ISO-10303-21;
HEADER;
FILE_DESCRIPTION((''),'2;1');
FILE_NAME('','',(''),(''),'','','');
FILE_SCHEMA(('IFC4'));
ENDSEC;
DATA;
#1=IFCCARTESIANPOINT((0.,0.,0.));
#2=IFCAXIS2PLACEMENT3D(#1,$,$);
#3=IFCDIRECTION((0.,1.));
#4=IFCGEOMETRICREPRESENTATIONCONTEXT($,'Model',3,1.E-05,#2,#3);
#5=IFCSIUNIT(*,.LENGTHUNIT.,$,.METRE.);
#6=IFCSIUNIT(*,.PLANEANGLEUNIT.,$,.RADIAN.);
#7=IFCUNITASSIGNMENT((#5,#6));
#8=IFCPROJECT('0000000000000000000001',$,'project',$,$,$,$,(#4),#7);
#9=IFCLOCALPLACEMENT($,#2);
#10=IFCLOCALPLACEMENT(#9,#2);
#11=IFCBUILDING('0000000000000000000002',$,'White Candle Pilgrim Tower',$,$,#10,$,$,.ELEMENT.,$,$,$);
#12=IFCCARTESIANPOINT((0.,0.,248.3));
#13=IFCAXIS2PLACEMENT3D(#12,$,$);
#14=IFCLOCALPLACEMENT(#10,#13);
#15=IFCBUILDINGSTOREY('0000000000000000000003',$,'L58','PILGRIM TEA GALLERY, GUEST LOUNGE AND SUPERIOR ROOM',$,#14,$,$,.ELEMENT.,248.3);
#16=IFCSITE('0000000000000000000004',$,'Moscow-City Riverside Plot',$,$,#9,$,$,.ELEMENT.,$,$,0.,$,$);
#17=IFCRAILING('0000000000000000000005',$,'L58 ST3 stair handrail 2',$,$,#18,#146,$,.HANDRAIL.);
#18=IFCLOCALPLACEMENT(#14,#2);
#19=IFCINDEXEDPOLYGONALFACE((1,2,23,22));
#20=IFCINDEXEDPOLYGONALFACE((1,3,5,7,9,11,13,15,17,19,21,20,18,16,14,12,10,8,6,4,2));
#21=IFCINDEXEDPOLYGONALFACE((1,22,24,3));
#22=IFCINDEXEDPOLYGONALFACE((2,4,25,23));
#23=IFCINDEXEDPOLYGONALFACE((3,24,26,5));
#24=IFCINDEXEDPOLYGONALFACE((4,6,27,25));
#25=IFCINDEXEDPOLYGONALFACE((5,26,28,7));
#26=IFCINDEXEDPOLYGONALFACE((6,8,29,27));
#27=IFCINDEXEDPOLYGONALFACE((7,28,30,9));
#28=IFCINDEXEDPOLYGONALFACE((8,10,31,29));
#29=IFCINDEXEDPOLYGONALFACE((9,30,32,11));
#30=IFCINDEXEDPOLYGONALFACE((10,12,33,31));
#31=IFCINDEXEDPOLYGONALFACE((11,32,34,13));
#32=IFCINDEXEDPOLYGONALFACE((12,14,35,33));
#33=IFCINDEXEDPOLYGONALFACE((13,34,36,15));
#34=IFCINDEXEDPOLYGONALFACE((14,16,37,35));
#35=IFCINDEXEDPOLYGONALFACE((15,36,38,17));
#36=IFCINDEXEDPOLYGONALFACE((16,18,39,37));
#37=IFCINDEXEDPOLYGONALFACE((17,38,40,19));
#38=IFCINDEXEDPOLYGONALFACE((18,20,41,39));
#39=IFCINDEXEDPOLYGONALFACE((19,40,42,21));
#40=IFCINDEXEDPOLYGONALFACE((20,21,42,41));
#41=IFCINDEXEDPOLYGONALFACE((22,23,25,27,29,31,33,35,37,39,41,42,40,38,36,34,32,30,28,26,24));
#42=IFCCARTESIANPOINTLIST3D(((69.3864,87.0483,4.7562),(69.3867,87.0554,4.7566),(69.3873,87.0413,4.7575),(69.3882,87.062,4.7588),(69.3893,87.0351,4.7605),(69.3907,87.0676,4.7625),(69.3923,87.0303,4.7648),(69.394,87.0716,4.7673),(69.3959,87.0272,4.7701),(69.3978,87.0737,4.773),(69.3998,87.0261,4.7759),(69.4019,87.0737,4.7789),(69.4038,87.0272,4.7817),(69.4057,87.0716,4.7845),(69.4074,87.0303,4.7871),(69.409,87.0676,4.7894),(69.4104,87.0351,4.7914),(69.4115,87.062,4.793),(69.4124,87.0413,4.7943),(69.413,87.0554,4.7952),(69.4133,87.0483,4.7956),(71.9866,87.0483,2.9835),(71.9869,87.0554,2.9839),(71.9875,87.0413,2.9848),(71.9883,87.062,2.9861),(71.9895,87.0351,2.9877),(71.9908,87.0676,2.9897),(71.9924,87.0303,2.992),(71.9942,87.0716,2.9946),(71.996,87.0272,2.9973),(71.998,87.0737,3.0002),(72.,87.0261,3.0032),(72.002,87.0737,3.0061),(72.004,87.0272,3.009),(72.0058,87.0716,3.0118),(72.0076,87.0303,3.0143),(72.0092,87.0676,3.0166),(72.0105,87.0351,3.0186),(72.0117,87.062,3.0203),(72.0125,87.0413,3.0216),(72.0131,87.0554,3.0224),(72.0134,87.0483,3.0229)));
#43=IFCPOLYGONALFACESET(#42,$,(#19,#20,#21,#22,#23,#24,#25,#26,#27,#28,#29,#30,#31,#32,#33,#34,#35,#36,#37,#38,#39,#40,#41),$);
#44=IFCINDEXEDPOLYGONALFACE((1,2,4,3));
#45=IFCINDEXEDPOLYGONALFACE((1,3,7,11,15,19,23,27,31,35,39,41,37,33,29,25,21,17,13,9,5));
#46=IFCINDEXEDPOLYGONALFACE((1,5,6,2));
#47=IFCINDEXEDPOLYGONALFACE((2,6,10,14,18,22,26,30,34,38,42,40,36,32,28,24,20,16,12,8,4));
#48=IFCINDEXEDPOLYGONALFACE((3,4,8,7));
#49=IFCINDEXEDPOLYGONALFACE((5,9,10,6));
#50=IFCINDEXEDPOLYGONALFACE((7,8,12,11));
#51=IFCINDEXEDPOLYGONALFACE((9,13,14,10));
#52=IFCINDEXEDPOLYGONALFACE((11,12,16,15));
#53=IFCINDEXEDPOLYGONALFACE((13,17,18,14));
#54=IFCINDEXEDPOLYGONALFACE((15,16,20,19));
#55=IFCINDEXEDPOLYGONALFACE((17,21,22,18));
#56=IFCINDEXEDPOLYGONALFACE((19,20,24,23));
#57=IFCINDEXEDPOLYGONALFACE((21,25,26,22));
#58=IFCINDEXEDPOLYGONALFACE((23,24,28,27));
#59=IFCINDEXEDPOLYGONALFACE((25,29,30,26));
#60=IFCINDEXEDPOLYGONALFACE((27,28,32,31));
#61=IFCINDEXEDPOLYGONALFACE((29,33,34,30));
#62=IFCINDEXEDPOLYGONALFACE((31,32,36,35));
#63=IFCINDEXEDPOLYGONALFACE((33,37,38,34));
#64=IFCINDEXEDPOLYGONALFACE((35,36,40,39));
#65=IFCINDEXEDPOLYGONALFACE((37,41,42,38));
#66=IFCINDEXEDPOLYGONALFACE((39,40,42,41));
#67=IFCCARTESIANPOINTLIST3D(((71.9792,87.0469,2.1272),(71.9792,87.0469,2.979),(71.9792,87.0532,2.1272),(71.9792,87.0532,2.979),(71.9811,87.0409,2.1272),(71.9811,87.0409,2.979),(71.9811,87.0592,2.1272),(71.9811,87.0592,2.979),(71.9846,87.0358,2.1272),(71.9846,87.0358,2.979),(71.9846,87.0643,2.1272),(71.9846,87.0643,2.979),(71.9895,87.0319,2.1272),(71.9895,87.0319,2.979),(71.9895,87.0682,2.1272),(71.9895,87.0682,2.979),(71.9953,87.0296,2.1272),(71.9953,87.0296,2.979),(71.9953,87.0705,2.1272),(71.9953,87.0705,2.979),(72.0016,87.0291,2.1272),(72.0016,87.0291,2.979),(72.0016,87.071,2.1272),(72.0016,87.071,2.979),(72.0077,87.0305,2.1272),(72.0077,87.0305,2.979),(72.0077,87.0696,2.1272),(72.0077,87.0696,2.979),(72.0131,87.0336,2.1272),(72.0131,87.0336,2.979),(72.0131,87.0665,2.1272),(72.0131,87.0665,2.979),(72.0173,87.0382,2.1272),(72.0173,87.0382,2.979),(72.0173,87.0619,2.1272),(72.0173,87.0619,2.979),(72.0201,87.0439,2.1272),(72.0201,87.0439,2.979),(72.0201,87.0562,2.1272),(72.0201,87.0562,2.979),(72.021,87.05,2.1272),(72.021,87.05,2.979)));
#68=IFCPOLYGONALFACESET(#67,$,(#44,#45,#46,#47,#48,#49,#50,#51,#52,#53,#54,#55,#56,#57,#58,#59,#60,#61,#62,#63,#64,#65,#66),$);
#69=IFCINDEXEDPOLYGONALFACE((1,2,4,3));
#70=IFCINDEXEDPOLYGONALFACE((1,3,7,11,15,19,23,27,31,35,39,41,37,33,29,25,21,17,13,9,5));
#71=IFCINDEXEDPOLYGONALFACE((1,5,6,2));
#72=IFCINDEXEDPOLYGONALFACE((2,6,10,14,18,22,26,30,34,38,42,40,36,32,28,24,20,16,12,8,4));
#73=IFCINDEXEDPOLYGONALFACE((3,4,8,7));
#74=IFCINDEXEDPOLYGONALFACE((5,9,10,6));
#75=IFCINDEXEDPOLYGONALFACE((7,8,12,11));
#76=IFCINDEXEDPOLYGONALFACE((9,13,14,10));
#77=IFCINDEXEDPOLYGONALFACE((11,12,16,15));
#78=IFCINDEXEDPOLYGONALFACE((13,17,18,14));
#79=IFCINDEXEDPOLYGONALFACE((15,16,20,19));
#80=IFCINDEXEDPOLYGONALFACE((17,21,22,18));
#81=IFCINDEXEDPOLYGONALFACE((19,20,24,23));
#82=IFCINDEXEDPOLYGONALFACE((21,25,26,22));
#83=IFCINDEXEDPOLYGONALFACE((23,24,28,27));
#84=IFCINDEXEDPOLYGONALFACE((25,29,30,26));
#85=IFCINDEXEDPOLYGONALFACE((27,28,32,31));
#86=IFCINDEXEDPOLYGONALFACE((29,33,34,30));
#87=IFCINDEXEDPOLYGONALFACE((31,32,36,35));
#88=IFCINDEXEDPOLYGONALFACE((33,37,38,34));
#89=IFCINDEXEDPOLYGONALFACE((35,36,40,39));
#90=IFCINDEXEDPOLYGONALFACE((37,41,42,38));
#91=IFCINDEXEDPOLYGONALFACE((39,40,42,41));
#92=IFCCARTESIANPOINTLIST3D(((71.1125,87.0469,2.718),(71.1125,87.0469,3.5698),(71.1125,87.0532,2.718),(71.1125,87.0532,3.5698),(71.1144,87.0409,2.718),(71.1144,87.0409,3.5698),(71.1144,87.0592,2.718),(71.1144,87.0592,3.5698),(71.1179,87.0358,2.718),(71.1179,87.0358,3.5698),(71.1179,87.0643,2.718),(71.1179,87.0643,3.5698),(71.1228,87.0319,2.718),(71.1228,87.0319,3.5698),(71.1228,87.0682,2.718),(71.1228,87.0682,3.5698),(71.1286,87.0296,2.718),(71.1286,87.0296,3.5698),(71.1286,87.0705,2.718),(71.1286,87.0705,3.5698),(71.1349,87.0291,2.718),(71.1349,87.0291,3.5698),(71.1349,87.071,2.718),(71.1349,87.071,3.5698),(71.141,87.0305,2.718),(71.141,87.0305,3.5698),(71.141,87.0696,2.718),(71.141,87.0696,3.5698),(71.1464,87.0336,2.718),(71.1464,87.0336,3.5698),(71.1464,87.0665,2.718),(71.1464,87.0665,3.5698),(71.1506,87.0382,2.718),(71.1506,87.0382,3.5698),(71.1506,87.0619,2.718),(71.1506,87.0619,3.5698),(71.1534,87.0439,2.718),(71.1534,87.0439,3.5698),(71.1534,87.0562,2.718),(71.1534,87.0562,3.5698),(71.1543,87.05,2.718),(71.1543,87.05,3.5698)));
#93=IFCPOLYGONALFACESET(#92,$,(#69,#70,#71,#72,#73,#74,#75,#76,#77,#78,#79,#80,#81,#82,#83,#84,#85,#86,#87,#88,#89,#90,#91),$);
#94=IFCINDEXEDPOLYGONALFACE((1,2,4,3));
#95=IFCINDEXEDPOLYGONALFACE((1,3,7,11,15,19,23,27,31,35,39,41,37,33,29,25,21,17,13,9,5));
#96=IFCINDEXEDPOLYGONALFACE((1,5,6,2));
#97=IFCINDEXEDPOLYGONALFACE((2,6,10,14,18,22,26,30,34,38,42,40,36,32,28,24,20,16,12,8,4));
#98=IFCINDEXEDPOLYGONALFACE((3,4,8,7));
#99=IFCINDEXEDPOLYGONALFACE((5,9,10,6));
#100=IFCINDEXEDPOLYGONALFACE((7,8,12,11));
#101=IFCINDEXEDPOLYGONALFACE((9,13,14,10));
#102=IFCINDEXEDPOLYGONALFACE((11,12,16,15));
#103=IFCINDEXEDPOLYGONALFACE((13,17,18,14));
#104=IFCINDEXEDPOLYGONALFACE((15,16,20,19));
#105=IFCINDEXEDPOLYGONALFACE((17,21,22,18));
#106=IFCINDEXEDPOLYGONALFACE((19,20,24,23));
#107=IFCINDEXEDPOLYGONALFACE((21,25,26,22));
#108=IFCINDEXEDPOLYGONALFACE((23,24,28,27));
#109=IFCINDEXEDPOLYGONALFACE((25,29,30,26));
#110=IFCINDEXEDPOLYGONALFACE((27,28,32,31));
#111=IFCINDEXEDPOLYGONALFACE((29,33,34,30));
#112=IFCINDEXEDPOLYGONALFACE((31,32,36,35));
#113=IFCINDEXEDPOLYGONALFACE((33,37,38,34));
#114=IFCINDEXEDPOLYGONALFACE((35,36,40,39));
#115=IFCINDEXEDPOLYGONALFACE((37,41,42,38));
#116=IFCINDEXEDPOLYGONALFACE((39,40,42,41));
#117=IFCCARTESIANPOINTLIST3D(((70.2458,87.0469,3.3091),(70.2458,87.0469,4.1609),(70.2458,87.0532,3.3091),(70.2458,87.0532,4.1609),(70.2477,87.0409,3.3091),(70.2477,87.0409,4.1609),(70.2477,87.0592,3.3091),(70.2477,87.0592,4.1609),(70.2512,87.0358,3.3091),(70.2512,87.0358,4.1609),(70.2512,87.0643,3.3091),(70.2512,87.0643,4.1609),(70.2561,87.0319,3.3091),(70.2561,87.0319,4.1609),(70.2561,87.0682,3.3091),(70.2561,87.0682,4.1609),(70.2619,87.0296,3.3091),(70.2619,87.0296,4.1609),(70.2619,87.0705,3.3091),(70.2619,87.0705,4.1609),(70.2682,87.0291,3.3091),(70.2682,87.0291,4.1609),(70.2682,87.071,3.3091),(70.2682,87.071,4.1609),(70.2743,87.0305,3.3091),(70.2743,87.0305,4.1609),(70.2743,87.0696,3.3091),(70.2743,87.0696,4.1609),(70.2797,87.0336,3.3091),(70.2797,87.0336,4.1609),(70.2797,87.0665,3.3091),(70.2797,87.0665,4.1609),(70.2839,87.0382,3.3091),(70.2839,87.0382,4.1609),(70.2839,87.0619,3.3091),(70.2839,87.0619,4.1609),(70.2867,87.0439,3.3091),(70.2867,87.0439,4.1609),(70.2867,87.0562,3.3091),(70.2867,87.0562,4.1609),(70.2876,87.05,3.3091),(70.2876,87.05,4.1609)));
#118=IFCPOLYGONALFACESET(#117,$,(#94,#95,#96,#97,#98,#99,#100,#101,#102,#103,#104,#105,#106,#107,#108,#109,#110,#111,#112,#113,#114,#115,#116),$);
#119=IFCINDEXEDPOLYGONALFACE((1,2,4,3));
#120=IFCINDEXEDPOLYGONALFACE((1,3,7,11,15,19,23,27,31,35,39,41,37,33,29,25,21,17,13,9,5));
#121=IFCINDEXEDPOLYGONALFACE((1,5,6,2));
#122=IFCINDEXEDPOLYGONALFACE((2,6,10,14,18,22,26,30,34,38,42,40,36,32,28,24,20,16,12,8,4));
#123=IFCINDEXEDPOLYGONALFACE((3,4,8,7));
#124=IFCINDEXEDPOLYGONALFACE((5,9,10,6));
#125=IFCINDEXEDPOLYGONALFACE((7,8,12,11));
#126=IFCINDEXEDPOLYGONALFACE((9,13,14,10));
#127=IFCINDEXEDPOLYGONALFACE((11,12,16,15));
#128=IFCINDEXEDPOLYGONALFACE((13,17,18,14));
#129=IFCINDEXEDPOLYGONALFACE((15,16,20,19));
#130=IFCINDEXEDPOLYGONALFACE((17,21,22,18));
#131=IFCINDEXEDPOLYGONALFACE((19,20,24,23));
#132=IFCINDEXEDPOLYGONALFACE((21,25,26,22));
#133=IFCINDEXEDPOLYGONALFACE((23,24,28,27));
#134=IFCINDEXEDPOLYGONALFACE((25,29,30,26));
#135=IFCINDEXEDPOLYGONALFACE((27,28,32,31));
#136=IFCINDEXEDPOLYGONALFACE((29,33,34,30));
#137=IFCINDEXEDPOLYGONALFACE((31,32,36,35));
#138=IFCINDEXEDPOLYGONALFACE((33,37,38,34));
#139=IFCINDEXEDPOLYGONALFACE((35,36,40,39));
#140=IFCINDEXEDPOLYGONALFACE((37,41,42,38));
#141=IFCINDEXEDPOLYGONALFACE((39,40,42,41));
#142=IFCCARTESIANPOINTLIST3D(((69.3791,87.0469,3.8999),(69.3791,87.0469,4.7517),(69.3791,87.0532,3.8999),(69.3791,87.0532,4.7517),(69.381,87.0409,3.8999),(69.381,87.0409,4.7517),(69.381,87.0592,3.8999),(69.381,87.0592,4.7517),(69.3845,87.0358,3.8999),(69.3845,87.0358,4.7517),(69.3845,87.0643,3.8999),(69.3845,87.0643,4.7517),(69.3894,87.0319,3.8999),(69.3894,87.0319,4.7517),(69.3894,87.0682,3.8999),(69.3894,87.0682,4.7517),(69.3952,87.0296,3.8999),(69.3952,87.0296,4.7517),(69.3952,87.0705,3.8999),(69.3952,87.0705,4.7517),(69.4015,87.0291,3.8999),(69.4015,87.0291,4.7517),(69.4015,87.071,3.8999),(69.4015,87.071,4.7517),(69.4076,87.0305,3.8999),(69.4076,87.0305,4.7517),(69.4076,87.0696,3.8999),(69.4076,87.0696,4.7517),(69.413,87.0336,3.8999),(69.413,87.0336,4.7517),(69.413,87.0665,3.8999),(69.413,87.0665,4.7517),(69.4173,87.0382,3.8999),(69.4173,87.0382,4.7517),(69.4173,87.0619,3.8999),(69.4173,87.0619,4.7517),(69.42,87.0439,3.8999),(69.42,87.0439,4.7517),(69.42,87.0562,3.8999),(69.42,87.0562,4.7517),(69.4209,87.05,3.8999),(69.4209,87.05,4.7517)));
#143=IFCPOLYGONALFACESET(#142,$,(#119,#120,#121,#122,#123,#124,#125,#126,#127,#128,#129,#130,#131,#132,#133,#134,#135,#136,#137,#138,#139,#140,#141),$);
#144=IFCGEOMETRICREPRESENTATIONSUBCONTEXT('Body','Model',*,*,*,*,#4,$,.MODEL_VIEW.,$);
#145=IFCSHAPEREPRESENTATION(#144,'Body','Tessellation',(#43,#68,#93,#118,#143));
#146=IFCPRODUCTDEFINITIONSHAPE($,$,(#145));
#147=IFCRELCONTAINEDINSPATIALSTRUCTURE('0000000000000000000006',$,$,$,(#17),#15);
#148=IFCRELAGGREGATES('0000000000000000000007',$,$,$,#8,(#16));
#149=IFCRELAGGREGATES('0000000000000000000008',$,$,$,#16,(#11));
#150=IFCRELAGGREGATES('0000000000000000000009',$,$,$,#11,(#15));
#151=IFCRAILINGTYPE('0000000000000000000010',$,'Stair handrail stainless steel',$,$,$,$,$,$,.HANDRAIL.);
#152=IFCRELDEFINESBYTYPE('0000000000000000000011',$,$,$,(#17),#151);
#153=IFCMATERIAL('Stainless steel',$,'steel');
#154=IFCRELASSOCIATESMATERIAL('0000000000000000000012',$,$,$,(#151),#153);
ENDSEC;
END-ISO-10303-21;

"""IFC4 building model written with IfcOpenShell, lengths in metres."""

from ifc_helpers import new_model, si_unit, direction, frame, origin, origin_2d, place, context, subcontext, project, spatial, circle, extrude, material, type_object, element, save


model = new_model("IFC4")

# Units and contexts
model_context = context("Model", 3, precision=1e-05, world=origin(), true_north=direction((0.0, 1.0)))
body_context = subcontext(model_context, "Body", "Model", "MODEL_VIEW")
ifc_project = project(units=[si_unit("LENGTHUNIT", "METRE"), si_unit("PLANEANGLEUNIT", "RADIAN")], contexts=[model_context])

# Site, building, storey
site_placement = place(None, origin())
site = spatial("IfcSite", under=ifc_project, at=site_placement, Name="Moscow-City Riverside Plot", CompositionType="ELEMENT", RefElevation=0.0)
building_placement = place(site_placement, origin())
building = spatial("IfcBuilding", under=site, at=building_placement, Name="White Candle Pilgrim Tower", CompositionType="ELEMENT")
storey_placement = place(building_placement, frame((0.0, 0.0, 248.3)))
storey = spatial("IfcBuildingStorey", under=building, at=storey_placement, Name="L58", Description="PILGRIM TEA GALLERY, GUEST LOUNGE AND SUPERIOR ROOM", CompositionType="ELEMENT", Elevation=248.3)

# Railing
ifc_material_1 = material(Name="Stainless steel", Category="steel")
railing_type_1 = type_object("IfcRailingType", Name="Stair handrail stainless steel", PredefinedType="HANDRAIL", material=ifc_material_1)
railing_1_placement = place(storey_placement, frame((72.0, 87.05, 2.1272)))
element("IfcRailing", 1, at=railing_1_placement, inside=storey, type_object=railing_type_1, Name="L58 ST3 stair handrail 2", PredefinedType="HANDRAIL", context=body_context, shape_type="SweptSolid", body=[
    extrude(circle(Radius=0.0239, at=origin_2d()), frame((0.0, 0.0, 0.876), z_axis=(-0.82624, 0.0, 0.563318), x_axis=(0.0, -1.0, 0.0)), (0.0, 0.0, 1.0), 3.147),
    extrude(circle(Radius=0.021, at=origin_2d()), origin(), (0.0, 0.0, 1.0), 0.8518),
    extrude(circle(Radius=0.021, at=origin_2d()), frame((-0.8667, 0.0, 0.5908)), (0.0, 0.0, 1.0), 0.8518),
    extrude(circle(Radius=0.021, at=origin_2d()), frame((-1.7334, 0.0, 1.1819)), (0.0, 0.0, 1.0), 0.8518),
    extrude(circle(Radius=0.021, at=origin_2d()), frame((-2.6001, 0.0, 1.7727)), (0.0, 0.0, 1.0), 0.8518),
])

save(model, "model.ifc")
